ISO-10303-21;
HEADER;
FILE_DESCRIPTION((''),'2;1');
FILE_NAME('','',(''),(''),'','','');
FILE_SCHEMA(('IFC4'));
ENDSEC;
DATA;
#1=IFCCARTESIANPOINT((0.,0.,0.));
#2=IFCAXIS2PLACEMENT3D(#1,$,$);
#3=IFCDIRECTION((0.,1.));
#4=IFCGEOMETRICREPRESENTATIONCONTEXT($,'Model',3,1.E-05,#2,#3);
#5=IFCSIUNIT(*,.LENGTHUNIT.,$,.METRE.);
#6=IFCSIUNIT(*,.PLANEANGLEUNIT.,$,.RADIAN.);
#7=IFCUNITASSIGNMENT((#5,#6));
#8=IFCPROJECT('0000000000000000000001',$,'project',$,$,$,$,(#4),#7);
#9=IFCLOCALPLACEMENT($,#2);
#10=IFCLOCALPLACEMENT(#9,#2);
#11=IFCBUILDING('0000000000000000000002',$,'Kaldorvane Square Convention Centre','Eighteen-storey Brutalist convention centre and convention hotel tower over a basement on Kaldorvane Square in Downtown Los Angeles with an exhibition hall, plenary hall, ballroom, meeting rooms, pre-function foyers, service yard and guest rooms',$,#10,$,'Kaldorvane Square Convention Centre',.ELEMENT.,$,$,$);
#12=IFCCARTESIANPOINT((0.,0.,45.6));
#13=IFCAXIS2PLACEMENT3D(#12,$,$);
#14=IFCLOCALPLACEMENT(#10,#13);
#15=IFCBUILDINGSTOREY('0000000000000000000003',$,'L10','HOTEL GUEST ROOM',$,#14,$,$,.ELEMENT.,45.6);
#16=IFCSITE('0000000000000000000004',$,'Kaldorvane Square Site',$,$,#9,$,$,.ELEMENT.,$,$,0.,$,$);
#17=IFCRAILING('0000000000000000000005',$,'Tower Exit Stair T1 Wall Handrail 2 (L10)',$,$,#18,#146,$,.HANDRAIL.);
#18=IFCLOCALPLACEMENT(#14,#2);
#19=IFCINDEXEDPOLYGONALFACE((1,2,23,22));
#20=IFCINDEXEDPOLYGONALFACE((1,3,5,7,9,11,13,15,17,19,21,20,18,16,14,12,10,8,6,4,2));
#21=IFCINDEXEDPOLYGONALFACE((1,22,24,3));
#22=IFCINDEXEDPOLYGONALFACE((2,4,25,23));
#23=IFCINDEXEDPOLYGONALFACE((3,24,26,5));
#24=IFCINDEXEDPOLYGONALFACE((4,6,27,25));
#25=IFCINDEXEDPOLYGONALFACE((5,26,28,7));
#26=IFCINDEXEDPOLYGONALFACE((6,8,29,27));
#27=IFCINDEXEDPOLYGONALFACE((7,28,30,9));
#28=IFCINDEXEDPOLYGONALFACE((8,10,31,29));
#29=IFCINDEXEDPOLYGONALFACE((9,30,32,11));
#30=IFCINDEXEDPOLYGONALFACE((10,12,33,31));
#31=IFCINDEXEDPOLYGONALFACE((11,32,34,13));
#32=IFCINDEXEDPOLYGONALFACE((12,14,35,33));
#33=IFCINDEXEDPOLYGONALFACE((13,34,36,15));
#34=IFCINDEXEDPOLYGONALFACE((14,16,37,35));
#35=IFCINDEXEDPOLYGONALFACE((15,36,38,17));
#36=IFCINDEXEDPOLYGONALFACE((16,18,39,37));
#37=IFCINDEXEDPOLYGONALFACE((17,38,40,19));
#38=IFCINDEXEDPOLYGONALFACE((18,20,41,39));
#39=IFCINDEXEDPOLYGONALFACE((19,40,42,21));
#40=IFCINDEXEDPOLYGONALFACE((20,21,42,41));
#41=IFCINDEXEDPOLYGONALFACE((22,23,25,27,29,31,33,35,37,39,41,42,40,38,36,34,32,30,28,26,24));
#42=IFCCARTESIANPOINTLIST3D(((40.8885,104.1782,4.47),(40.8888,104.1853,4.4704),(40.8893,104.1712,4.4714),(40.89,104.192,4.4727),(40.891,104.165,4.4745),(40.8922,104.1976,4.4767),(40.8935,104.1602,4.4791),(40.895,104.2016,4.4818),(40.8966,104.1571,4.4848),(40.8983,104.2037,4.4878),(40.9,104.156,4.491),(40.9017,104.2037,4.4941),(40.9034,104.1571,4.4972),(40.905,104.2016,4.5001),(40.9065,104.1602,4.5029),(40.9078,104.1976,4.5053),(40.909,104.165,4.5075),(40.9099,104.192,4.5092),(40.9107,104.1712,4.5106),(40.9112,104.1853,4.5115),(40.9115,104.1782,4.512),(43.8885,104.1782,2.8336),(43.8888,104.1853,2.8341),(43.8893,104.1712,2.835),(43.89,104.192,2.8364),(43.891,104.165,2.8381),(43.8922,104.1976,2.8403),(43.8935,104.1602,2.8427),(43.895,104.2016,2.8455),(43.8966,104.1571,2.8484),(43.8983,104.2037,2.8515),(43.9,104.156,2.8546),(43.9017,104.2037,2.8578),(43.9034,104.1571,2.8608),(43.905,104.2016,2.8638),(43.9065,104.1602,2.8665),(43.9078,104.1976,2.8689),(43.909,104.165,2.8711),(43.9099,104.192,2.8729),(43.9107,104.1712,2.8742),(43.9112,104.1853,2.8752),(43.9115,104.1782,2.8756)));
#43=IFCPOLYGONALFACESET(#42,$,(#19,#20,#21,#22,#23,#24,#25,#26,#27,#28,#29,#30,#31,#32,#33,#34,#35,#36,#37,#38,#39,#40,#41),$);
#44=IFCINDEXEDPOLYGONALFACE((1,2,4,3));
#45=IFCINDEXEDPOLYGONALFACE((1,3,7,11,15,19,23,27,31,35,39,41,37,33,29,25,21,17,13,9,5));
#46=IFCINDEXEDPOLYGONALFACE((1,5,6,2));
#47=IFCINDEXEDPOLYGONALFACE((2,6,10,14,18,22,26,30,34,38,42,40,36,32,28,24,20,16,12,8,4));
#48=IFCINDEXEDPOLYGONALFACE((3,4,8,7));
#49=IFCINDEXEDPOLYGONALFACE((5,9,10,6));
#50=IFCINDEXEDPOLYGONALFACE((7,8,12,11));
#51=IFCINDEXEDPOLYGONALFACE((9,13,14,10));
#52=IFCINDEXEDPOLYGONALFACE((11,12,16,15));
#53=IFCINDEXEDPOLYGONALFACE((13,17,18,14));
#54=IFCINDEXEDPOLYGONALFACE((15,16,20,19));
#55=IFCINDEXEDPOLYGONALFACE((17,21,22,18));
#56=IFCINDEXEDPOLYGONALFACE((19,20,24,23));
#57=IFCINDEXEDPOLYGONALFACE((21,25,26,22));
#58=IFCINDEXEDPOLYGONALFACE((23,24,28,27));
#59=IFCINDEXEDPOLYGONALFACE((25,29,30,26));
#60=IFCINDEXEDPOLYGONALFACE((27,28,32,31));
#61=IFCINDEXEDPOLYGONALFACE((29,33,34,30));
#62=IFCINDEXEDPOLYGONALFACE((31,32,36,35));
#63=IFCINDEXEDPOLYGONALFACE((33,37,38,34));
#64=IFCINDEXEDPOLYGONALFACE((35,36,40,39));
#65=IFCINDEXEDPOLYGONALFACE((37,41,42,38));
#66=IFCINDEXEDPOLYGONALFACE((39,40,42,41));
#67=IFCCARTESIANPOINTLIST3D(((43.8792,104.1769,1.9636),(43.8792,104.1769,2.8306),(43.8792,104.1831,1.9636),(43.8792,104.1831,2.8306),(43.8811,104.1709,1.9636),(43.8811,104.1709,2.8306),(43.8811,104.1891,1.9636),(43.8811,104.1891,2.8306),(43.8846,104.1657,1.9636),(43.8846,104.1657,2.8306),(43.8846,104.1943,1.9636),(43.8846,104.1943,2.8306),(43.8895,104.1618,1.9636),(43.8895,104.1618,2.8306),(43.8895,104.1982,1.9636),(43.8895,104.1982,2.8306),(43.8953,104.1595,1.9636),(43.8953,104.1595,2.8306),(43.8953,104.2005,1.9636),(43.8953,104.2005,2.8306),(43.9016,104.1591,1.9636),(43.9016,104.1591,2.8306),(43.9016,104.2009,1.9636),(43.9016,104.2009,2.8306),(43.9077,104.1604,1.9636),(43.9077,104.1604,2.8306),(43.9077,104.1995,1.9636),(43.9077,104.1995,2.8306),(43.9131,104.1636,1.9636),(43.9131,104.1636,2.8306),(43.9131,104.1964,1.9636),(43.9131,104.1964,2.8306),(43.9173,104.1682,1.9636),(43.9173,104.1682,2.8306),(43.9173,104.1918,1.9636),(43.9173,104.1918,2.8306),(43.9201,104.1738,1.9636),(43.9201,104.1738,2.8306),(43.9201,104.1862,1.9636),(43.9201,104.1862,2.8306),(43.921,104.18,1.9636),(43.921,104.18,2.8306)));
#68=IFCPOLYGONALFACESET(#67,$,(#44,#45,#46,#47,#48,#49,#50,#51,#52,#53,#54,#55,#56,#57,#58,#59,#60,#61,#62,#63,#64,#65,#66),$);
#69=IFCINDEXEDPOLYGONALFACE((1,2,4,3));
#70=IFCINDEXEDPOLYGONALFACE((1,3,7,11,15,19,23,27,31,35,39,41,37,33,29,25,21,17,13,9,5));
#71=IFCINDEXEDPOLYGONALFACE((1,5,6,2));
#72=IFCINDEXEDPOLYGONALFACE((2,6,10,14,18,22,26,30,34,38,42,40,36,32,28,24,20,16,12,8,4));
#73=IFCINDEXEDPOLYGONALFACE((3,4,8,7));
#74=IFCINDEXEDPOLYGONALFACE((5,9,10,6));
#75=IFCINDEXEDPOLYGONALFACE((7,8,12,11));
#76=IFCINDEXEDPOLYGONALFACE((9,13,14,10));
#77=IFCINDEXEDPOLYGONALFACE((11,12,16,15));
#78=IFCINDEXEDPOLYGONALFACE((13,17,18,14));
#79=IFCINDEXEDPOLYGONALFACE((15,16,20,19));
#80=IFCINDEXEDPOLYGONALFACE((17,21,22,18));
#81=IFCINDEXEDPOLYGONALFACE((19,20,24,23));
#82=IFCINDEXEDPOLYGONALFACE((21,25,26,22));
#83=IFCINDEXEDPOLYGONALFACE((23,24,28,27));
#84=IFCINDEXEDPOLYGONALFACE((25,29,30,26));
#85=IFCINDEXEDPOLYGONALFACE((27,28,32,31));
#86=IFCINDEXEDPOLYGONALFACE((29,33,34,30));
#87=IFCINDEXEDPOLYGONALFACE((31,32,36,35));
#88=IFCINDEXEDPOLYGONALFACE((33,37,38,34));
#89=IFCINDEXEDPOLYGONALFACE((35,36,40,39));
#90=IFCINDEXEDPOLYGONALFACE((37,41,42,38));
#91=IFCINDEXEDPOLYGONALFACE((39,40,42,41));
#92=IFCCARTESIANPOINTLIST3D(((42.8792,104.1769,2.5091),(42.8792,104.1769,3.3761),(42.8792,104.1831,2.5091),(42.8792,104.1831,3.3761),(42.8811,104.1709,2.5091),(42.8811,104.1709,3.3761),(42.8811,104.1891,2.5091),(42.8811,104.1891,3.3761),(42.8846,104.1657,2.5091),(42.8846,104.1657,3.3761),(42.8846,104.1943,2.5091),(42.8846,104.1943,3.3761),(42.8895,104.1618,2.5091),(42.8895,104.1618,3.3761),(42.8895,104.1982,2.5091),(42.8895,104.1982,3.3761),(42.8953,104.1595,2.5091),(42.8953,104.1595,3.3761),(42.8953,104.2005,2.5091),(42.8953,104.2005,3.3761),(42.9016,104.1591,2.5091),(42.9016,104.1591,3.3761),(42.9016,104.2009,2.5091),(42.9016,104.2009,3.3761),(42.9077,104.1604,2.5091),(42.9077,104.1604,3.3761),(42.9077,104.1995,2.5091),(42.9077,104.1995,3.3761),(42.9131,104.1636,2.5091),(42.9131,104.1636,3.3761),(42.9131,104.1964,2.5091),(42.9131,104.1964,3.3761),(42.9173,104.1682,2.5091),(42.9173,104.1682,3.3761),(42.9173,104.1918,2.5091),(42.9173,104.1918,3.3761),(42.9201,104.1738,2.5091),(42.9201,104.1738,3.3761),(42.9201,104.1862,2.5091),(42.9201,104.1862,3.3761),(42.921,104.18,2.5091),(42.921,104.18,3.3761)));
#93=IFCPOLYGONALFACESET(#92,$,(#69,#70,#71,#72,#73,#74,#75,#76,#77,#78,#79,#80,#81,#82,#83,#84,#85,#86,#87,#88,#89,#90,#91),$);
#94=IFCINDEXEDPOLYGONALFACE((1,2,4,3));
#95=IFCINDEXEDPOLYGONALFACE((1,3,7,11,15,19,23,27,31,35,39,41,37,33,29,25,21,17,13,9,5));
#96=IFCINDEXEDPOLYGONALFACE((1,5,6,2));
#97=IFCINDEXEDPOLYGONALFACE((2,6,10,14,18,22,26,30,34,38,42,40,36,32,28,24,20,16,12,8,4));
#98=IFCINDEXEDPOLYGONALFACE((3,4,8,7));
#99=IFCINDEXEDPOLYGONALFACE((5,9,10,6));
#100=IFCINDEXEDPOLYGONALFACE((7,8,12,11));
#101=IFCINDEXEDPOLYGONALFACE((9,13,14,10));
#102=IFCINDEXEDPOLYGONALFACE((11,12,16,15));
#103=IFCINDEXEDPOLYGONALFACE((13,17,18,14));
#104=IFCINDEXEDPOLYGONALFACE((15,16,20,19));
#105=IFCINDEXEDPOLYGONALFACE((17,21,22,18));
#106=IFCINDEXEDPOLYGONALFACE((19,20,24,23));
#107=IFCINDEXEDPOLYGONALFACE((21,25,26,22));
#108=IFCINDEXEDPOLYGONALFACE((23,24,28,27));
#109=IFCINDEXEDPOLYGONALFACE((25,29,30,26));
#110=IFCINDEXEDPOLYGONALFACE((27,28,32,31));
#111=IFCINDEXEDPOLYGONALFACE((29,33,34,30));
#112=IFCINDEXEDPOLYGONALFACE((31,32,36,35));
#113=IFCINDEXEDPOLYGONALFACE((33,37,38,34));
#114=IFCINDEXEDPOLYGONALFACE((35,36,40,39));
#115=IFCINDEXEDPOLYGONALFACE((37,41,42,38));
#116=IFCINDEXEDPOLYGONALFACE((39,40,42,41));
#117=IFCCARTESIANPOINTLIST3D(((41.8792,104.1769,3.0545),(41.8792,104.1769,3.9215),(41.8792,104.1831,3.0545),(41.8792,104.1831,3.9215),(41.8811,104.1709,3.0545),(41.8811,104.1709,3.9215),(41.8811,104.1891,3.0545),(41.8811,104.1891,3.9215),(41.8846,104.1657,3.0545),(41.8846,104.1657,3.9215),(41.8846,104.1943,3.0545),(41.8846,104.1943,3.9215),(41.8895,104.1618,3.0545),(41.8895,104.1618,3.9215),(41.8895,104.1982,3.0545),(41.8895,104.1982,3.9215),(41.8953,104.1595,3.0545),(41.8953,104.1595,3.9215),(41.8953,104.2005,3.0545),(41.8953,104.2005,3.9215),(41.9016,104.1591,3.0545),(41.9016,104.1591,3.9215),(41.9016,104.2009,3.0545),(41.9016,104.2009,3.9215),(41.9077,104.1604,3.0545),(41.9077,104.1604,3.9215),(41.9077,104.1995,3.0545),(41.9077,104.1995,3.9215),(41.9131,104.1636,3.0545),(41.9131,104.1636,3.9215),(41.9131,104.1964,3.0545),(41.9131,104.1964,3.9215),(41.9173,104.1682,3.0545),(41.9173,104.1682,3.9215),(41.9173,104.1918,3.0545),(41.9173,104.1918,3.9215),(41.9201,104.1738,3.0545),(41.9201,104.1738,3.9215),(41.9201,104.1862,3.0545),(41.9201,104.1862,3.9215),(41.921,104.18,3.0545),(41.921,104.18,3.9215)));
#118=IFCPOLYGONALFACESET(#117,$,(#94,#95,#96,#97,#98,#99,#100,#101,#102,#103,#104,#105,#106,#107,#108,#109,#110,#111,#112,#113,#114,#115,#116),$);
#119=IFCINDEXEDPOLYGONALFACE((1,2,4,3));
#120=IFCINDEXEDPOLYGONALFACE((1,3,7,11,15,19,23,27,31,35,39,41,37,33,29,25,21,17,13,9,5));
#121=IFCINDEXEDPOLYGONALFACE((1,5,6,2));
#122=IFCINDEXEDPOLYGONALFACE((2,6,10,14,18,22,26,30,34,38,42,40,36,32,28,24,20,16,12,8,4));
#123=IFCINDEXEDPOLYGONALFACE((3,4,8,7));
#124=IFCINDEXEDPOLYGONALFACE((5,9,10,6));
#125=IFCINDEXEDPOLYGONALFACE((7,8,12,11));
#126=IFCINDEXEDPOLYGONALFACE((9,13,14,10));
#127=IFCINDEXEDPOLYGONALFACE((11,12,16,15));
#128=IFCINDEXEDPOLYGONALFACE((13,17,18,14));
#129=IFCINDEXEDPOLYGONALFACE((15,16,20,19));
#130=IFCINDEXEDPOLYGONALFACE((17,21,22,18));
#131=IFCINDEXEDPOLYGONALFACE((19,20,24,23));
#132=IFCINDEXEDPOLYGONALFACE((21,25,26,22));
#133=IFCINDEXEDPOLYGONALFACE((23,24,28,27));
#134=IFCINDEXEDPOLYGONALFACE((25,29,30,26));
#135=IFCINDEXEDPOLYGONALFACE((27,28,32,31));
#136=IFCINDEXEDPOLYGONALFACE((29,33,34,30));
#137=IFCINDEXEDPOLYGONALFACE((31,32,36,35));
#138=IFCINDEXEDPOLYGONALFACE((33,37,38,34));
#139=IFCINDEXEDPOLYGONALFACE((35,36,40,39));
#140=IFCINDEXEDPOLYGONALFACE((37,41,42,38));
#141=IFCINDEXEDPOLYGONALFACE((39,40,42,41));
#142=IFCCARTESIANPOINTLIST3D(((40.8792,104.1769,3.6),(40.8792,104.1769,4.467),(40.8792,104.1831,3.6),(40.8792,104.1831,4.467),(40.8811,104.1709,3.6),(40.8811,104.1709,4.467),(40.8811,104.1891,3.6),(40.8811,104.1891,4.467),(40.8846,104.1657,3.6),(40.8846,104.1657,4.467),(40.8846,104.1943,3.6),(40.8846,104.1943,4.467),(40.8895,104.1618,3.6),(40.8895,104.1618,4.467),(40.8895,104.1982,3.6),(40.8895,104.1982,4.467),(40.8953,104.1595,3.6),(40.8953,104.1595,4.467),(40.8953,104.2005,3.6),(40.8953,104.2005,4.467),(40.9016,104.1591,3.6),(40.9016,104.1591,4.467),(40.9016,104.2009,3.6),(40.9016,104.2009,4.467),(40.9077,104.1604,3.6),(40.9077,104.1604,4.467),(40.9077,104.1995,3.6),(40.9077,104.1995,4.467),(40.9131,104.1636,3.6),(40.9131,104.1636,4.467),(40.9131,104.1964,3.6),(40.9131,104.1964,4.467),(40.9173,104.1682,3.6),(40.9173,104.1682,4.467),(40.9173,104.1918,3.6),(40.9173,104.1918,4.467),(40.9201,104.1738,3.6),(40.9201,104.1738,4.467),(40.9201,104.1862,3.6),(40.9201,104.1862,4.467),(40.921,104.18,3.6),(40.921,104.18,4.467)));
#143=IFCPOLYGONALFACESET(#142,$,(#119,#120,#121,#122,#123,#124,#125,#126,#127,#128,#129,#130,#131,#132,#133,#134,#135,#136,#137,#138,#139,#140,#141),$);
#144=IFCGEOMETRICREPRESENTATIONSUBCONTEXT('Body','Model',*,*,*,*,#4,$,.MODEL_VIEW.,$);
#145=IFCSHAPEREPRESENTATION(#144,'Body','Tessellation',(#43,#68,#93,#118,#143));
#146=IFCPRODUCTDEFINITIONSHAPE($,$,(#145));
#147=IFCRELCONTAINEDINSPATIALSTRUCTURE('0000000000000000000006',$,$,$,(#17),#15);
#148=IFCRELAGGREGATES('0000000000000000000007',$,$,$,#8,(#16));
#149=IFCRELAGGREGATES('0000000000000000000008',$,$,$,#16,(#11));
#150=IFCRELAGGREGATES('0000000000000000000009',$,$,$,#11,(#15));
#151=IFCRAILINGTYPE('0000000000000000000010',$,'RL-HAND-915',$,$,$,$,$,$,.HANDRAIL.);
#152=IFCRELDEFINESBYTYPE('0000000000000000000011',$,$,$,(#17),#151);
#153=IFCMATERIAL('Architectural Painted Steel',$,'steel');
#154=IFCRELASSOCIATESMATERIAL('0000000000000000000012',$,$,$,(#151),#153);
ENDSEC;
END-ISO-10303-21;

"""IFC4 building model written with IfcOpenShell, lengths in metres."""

from ifc_helpers import new_model, si_unit, direction, frame, origin, origin_2d, place, context, subcontext, project, spatial, circle, extrude, material, type_object, element, save


model = new_model("IFC4")

# Units and contexts
model_context = context("Model", 3, precision=1e-05, world=origin(), true_north=direction((0.0, 1.0)))
body_context = subcontext(model_context, "Body", "Model", "MODEL_VIEW")
ifc_project = project(units=[si_unit("LENGTHUNIT", "METRE"), si_unit("PLANEANGLEUNIT", "RADIAN")], contexts=[model_context])

# Site, building, storey
site_placement = place(None, origin())
site = spatial("IfcSite", under=ifc_project, at=site_placement, Name="Kaldorvane Square Site", CompositionType="ELEMENT", RefElevation=0.0)
building_placement = place(site_placement, origin())
building = spatial("IfcBuilding", under=site, at=building_placement, Name="Kaldorvane Square Convention Centre", Description="Eighteen-storey Brutalist convention centre and convention hotel tower over a basement on Kaldorvane Square in Downtown Los Angeles with an exhibition hall, plenary hall, ballroom, meeting rooms, pre-function foyers, service yard and guest rooms", LongName="Kaldorvane Square Convention Centre", CompositionType="ELEMENT")
storey_placement = place(building_placement, frame((0.0, 0.0, 45.6)))
storey = spatial("IfcBuildingStorey", under=building, at=storey_placement, Name="L10", Description="HOTEL GUEST ROOM", CompositionType="ELEMENT", Elevation=45.6)

# Railing
ifc_material_1 = material(Name="Architectural Painted Steel", Category="steel")
railing_type_1 = type_object("IfcRailingType", Name="RL-HAND-915", PredefinedType="HANDRAIL", material=ifc_material_1)
railing_1_placement = place(storey_placement, frame((43.9, 104.18, 1.9636)))
element("IfcRailing", 1, at=railing_1_placement, inside=storey, type_object=railing_type_1, Name="Tower Exit Stair T1 Wall Handrail 2 (L10)", PredefinedType="HANDRAIL", context=body_context, shape_type="SweptSolid", body=[
    extrude(circle(Radius=0.024, at=origin_2d()), frame((0.0, 0.0, 0.891), z_axis=(-0.877895, 0.0, 0.478853), x_axis=(0.0, -1.0, 0.0)), (0.0, 0.0, 1.0), 3.4173),
    extrude(circle(Radius=0.021, at=origin_2d()), origin(), (0.0, 0.0, 1.0), 0.867),
    extrude(circle(Radius=0.021, at=origin_2d()), frame((-1.0, 0.0, 0.5455)), (0.0, 0.0, 1.0), 0.867),
    extrude(circle(Radius=0.021, at=origin_2d()), frame((-2.0, 0.0, 1.0909)), (0.0, 0.0, 1.0), 0.867),
    extrude(circle(Radius=0.021, at=origin_2d()), frame((-3.0, 0.0, 1.6364)), (0.0, 0.0, 1.0), 0.867),
])

save(model, "model.ifc")
